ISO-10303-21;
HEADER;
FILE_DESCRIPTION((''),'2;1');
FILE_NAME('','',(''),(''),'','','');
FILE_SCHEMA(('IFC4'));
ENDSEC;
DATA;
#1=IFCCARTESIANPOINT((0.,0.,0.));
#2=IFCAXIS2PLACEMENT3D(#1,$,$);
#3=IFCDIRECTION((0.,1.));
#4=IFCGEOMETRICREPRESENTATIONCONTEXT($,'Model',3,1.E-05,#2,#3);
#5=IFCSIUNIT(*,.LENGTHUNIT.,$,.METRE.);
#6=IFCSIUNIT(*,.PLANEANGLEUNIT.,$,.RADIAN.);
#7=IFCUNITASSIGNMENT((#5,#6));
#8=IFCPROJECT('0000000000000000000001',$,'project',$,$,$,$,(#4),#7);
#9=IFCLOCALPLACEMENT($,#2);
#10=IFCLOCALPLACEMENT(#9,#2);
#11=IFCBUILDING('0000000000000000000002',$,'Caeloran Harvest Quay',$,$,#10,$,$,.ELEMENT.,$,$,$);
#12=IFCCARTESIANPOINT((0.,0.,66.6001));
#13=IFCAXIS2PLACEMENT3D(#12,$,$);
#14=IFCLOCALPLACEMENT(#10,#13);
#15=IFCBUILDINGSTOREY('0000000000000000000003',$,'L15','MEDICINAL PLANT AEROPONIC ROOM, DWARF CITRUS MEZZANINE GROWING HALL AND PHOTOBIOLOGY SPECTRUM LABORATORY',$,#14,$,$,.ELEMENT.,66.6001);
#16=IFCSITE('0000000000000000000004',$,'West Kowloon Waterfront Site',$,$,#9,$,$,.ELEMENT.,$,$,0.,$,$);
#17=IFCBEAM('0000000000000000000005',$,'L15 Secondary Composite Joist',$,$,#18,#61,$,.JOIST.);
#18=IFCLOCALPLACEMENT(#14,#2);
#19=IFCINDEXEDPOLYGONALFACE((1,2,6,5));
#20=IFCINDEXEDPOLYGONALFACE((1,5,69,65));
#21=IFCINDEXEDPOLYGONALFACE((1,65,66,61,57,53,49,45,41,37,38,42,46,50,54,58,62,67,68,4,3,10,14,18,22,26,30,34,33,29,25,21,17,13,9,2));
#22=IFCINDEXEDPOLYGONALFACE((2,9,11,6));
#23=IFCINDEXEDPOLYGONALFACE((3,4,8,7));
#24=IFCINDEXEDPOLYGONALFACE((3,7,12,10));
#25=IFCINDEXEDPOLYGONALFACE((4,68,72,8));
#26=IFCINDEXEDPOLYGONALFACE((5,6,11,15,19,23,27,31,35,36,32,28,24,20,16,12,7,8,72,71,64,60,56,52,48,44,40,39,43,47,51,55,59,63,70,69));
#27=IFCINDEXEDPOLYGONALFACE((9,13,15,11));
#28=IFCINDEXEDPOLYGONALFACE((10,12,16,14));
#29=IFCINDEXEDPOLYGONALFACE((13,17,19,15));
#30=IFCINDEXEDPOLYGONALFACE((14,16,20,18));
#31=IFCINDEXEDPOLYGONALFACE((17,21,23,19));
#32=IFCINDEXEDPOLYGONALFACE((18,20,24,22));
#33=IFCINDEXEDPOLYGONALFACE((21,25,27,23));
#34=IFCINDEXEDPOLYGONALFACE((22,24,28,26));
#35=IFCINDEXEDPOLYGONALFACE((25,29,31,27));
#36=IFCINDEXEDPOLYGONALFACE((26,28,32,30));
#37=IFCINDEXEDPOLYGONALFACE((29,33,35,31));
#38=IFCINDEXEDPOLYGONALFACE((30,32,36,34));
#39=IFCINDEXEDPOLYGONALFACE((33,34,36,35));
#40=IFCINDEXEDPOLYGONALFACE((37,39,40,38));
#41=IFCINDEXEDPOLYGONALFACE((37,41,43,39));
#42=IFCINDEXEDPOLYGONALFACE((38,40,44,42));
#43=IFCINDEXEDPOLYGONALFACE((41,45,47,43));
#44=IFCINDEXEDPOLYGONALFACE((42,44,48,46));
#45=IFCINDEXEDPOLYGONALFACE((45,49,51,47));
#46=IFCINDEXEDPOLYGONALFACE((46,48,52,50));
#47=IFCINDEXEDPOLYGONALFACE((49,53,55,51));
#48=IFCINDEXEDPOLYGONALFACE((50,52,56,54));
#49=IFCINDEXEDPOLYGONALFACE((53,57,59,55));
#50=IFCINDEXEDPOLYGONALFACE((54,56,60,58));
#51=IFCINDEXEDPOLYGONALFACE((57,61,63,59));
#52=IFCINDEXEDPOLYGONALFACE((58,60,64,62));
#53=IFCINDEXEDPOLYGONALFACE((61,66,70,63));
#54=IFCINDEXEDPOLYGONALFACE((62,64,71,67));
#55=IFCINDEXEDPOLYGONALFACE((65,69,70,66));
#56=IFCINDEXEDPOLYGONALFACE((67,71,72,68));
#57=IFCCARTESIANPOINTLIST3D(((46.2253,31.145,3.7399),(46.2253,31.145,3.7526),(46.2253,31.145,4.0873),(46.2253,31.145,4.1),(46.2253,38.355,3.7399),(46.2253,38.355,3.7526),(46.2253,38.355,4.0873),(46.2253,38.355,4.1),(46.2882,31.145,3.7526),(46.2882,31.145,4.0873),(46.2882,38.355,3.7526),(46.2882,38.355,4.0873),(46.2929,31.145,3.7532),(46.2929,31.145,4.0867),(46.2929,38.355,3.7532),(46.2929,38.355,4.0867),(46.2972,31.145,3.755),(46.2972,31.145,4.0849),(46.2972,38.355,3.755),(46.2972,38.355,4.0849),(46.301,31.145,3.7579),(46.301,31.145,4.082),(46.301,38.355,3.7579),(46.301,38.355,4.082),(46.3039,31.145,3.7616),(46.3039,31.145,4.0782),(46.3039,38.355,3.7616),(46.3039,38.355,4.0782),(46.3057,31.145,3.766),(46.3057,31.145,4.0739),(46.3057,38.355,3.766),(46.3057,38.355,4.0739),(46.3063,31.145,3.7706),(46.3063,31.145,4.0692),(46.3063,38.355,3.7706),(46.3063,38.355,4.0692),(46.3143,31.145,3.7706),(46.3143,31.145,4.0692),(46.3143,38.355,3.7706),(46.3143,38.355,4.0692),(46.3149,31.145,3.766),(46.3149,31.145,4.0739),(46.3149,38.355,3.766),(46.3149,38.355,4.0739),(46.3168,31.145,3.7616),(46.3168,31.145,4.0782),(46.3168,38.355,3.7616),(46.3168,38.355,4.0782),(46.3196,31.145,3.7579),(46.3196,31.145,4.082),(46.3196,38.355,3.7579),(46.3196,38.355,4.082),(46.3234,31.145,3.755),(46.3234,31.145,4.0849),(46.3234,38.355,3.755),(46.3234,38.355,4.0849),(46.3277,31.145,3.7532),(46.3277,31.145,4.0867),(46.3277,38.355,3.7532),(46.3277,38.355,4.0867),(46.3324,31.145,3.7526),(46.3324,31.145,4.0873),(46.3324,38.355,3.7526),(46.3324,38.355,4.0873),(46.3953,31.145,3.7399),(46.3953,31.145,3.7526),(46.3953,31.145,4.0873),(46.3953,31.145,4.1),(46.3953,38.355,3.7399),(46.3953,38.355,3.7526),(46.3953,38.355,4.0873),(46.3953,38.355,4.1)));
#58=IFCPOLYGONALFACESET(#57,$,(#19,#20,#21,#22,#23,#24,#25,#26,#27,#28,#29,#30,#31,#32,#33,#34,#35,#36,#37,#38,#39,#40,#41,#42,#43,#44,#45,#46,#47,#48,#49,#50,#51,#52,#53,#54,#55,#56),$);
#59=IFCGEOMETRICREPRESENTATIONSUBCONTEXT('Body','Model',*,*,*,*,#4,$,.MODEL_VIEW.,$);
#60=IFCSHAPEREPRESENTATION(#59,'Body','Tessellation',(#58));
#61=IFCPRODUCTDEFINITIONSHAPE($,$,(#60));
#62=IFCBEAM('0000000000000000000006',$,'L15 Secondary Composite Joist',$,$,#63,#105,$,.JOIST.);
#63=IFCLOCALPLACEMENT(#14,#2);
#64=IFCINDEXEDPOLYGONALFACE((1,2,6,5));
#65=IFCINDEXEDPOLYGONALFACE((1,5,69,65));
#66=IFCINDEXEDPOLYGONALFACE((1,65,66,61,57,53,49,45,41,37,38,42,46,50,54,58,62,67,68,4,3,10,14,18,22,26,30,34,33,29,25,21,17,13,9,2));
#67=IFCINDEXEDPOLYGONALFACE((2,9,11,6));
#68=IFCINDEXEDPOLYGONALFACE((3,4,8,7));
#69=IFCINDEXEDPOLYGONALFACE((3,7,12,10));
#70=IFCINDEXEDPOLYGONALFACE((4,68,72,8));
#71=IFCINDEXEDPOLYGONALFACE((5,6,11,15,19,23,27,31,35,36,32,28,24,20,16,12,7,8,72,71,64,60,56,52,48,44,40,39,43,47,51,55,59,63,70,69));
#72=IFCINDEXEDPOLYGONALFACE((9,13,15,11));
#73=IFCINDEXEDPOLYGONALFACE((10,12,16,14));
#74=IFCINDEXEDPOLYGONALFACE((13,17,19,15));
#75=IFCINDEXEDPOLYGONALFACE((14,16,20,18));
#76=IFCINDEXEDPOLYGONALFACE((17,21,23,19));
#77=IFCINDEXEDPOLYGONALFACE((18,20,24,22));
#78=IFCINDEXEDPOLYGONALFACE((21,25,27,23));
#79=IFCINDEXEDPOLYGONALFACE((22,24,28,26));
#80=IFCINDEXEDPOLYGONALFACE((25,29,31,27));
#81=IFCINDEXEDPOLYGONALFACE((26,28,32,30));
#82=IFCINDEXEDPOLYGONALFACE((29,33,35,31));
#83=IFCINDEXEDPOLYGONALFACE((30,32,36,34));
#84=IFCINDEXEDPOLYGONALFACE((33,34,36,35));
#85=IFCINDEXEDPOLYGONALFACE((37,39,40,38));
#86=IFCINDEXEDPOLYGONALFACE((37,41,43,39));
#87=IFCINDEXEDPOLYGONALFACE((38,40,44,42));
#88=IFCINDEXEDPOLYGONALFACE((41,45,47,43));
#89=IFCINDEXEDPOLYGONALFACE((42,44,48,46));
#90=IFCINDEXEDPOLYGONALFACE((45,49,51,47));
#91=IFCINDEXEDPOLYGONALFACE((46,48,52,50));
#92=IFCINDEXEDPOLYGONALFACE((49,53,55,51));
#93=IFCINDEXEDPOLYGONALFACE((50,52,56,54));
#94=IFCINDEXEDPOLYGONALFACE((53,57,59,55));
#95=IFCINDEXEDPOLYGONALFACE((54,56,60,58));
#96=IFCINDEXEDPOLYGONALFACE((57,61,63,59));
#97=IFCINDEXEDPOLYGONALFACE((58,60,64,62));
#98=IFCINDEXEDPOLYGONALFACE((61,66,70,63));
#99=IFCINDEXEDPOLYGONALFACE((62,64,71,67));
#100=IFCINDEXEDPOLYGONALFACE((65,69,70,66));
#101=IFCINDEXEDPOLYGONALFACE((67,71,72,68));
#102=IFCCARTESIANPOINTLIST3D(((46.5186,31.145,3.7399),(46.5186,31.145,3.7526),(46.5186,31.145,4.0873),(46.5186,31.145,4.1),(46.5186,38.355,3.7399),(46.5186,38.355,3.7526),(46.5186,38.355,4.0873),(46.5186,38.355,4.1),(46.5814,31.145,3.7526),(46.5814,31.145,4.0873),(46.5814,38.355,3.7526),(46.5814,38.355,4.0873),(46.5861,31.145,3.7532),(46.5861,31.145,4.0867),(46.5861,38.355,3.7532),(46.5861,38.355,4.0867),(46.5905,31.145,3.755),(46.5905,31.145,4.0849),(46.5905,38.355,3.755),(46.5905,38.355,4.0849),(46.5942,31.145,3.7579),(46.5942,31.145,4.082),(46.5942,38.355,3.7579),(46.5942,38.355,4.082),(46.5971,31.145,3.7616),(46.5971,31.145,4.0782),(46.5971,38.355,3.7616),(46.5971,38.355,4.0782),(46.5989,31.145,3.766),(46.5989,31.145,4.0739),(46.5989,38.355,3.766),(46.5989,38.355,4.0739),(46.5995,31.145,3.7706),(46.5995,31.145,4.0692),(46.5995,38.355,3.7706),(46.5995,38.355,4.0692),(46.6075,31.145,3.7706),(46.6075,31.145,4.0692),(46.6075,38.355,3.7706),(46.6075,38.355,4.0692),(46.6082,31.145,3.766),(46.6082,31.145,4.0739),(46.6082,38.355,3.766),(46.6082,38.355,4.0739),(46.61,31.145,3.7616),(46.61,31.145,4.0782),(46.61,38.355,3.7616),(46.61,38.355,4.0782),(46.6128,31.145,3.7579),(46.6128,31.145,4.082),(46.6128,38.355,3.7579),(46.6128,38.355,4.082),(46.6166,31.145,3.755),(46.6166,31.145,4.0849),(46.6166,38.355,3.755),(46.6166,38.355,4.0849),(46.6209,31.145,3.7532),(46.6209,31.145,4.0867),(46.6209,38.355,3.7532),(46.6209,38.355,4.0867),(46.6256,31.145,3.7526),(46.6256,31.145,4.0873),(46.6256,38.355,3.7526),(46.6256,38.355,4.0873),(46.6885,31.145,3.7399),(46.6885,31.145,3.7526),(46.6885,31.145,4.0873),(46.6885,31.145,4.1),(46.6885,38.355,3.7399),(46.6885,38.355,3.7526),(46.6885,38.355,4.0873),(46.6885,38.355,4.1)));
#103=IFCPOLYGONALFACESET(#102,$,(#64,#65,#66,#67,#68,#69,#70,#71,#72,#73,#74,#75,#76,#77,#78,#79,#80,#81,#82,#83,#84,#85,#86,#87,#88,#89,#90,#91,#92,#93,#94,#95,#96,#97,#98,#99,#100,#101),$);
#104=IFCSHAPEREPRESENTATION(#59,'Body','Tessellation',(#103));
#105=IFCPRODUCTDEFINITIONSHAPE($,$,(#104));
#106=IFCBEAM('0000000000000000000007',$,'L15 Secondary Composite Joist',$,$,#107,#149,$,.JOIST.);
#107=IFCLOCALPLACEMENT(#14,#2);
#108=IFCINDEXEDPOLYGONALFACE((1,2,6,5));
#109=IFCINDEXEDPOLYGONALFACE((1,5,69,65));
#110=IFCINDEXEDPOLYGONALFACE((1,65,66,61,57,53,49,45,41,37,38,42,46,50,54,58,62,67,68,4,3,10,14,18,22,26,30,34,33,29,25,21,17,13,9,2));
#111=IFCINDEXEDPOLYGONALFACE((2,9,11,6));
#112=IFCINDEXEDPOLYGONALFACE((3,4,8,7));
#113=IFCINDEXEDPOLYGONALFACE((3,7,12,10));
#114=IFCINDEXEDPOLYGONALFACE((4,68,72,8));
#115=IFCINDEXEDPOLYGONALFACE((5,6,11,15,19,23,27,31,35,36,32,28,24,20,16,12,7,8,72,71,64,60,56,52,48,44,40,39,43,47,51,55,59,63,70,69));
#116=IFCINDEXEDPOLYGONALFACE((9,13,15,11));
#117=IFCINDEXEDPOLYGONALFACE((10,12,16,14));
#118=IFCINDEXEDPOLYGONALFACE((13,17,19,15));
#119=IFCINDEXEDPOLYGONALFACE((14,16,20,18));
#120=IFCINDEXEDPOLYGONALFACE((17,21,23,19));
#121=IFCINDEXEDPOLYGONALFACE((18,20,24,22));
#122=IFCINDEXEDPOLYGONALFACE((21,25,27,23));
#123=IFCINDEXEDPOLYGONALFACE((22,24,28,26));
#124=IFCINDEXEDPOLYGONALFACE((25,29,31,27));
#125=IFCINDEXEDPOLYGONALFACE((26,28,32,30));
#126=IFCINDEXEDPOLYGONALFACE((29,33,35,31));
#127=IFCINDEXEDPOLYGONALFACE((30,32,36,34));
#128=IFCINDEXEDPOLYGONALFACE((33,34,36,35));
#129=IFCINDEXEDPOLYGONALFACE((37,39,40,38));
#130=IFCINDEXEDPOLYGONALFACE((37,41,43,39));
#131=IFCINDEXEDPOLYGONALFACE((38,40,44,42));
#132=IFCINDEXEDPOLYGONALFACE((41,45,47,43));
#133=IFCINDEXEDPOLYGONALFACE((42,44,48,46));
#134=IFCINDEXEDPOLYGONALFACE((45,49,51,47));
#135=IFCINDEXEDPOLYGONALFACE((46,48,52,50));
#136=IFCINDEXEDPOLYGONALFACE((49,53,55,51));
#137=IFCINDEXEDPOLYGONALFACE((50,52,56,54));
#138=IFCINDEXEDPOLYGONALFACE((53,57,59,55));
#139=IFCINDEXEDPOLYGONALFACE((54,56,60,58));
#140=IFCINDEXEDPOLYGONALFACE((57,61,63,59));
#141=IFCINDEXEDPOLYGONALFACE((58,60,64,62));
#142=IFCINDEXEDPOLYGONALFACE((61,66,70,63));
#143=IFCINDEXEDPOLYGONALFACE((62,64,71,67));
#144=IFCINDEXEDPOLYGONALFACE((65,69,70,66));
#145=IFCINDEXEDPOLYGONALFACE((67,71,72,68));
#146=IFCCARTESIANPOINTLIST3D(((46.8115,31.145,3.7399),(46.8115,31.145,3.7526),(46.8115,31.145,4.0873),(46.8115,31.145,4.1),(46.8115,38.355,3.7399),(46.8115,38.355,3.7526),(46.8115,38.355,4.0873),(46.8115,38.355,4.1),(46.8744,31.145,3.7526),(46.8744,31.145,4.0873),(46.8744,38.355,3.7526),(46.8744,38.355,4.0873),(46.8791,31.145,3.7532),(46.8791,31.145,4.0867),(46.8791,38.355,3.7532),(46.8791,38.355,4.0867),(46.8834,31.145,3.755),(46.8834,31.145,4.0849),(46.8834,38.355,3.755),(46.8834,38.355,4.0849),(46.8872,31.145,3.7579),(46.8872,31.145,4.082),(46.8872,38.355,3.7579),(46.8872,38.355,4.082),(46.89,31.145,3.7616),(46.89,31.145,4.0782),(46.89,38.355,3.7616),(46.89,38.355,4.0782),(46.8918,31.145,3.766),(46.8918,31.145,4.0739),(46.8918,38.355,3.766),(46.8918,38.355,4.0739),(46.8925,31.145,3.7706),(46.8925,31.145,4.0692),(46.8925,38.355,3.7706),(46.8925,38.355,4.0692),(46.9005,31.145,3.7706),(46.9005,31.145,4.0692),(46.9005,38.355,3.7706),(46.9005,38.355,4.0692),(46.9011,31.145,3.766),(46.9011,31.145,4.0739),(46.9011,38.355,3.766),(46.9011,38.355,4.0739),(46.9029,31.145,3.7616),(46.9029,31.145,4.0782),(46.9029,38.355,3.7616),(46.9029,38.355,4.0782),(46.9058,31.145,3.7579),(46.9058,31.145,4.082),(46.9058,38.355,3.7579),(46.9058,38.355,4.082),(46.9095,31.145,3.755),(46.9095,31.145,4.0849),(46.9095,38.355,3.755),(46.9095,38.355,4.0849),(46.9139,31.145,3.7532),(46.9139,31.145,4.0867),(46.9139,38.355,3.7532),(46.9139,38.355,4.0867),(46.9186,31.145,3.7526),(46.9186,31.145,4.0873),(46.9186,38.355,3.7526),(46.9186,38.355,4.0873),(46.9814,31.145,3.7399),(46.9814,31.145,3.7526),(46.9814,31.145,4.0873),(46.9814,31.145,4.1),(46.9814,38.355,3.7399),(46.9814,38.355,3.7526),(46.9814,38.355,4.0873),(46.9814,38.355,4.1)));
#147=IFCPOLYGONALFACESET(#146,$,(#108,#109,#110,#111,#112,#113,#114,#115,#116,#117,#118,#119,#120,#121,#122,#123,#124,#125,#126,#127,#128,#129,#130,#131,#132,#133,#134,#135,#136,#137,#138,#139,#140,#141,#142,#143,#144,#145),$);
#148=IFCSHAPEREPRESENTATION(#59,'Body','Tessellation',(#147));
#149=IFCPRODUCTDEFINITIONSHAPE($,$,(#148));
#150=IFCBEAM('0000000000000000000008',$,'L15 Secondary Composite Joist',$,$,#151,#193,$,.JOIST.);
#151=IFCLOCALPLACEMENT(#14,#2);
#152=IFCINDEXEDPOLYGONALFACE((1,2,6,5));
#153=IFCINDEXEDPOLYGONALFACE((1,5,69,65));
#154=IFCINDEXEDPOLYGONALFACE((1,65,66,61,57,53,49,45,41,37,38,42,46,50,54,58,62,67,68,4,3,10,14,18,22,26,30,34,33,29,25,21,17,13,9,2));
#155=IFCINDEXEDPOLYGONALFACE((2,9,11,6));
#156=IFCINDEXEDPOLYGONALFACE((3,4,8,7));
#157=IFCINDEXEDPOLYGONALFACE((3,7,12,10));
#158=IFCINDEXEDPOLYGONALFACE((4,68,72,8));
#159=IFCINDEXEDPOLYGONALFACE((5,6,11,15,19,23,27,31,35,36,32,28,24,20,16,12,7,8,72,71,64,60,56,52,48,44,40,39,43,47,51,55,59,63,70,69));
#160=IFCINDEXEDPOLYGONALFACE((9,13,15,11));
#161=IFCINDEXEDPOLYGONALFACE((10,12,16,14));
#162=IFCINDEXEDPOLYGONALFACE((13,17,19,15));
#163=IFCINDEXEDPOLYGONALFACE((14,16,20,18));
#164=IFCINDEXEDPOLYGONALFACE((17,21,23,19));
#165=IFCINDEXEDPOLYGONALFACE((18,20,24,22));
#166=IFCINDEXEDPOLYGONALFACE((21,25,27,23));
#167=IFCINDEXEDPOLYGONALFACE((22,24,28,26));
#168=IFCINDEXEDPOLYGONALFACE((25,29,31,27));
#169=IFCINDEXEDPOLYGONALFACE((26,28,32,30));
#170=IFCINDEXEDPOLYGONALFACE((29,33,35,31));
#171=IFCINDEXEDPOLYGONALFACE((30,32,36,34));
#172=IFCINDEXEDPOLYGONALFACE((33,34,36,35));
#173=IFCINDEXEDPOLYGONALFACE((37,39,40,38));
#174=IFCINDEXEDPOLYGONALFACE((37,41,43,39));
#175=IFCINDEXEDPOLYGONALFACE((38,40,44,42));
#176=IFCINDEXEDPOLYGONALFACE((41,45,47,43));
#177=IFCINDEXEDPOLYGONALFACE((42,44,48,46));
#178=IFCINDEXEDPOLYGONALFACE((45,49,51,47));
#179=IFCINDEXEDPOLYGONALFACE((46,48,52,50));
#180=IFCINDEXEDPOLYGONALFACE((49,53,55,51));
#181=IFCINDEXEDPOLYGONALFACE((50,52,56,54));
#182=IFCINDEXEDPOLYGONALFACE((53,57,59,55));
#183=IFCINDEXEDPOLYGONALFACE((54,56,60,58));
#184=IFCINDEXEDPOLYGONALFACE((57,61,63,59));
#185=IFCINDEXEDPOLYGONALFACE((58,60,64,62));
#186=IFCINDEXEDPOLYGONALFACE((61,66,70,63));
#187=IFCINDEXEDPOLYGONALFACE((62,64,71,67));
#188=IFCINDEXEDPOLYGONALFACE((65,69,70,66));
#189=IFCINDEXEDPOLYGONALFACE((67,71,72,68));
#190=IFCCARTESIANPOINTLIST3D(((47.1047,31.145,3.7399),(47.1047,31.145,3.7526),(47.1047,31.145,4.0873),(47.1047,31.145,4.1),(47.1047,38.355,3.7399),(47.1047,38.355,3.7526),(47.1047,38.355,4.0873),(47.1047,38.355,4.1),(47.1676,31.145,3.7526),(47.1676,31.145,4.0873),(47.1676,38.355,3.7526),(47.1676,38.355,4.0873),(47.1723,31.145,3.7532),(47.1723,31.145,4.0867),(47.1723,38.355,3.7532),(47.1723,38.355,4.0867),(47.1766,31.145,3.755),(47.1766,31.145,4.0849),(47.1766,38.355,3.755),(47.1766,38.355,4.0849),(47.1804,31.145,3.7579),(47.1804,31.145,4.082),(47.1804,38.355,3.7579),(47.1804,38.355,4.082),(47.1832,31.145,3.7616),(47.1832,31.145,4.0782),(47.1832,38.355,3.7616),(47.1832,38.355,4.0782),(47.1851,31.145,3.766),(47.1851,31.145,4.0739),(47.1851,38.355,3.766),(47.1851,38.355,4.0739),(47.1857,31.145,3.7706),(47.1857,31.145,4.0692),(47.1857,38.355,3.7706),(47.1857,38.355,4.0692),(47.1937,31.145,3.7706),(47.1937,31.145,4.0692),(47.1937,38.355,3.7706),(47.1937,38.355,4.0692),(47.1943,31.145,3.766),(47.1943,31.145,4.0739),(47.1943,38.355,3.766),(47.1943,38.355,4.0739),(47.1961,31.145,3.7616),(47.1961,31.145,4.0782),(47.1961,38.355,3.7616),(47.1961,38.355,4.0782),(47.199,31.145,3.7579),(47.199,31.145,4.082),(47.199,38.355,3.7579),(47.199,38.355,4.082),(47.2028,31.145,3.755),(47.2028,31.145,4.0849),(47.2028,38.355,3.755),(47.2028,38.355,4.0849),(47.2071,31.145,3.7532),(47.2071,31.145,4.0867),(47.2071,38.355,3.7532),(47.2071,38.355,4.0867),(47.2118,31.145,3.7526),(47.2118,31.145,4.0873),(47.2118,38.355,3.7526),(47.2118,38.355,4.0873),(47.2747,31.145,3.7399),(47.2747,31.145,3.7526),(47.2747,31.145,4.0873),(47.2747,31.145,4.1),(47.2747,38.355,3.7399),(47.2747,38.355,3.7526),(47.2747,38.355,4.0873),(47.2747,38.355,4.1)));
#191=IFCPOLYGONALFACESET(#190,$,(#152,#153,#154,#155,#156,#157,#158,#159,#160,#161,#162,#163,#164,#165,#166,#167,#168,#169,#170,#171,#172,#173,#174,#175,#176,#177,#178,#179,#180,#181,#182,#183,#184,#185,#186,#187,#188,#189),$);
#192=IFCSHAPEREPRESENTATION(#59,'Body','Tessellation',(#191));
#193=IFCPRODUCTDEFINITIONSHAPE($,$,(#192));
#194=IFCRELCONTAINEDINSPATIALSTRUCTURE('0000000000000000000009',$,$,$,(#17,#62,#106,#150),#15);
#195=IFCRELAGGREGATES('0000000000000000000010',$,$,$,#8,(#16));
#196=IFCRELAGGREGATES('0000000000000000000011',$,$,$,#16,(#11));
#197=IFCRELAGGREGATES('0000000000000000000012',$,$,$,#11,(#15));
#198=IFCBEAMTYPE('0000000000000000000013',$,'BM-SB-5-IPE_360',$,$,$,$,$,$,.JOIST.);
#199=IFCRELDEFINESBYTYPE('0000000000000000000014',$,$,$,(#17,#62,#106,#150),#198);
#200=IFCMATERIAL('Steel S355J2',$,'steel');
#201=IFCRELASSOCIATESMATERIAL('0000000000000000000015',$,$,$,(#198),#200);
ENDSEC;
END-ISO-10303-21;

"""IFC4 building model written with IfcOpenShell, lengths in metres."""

from ifc_helpers import new_model, si_unit, direction, frame, origin, origin_2d, place, context, subcontext, project, spatial, i_section, extrude, material, material_profile, profile_set, type_object, element, save


model = new_model("IFC4")

# Units and contexts
model_context = context("Model", 3, precision=1e-05, world=origin(), true_north=direction((0.0, 1.0)))
body_context = subcontext(model_context, "Body", "Model", "MODEL_VIEW")
ifc_project = project(units=[si_unit("LENGTHUNIT", "METRE"), si_unit("PLANEANGLEUNIT", "RADIAN")], contexts=[model_context])

# Site, building, storey
site_placement = place(None, origin())
site = spatial("IfcSite", under=ifc_project, at=site_placement, Name="West Kowloon Waterfront Site", CompositionType="ELEMENT", RefElevation=0.0)
building_placement = place(site_placement, origin())
building = spatial("IfcBuilding", under=site, at=building_placement, Name="Caeloran Harvest Quay", CompositionType="ELEMENT")
storey_placement = place(building_placement, frame((0.0, 0.0, 66.6001)))
storey = spatial("IfcBuildingStorey", under=building, at=storey_placement, Name="L15", Description="MEDICINAL PLANT AEROPONIC ROOM, DWARF CITRUS MEZZANINE GROWING HALL AND PHOTOBIOLOGY SPECTRUM LABORATORY", CompositionType="ELEMENT", Elevation=66.6001)

# Beams
ifc_material_1 = material(Name="Steel S355J2", Category="steel")
ifc_material_profile_1 = material_profile(ifc_material_1, i_section(OverallWidth=0.1699, OverallDepth=0.3601, WebThickness=0.0081, FlangeThickness=0.0127, FilletRadius=0.0181, at=origin_2d()), Name="IPE 360")
ifc_profile_set_1 = profile_set([ifc_material_profile_1], Name="Steel S355J2")
beam_type_1 = type_object("IfcBeamType", Name="BM-SB-5-IPE_360", PredefinedType="JOIST", material=ifc_profile_set_1)
for number, where, z_axis, x_axis, name in (
    (1, (46.3103, 31.145, 3.9199), (0.0, 1.0, 0.0), (-1.0, 0.0, 0.0), "L15 Secondary Composite Joist"),
    (2, (46.6035, 31.145, 3.9199), (0.0, 1.0, 0.0), (-1.0, 0.0, 0.0), "L15 Secondary Composite Joist"),
    (3, (46.8965, 31.145, 3.9199), (0.0, 1.0, 0.0), (-1.0, 0.0, 0.0), "L15 Secondary Composite Joist"),
    (4, (47.1897, 31.145, 3.9199), (0.0, 1.0, 0.0), (-1.0, 0.0, 0.0), "L15 Secondary Composite Joist"),
):
    element("IfcBeam", number, at=place(storey_placement, frame(where, z_axis=z_axis, x_axis=x_axis)), inside=storey, type_object=beam_type_1, Name=name, PredefinedType="JOIST", context=body_context, shape_type="SweptSolid", body=[
        extrude(i_section(OverallWidth=0.1699, OverallDepth=0.3601, WebThickness=0.0081, FlangeThickness=0.0127, FilletRadius=0.0181, at=origin_2d()), origin(), (0.0, 0.0, 1.0), 7.21),
    ])

save(model, "model.ifc")
